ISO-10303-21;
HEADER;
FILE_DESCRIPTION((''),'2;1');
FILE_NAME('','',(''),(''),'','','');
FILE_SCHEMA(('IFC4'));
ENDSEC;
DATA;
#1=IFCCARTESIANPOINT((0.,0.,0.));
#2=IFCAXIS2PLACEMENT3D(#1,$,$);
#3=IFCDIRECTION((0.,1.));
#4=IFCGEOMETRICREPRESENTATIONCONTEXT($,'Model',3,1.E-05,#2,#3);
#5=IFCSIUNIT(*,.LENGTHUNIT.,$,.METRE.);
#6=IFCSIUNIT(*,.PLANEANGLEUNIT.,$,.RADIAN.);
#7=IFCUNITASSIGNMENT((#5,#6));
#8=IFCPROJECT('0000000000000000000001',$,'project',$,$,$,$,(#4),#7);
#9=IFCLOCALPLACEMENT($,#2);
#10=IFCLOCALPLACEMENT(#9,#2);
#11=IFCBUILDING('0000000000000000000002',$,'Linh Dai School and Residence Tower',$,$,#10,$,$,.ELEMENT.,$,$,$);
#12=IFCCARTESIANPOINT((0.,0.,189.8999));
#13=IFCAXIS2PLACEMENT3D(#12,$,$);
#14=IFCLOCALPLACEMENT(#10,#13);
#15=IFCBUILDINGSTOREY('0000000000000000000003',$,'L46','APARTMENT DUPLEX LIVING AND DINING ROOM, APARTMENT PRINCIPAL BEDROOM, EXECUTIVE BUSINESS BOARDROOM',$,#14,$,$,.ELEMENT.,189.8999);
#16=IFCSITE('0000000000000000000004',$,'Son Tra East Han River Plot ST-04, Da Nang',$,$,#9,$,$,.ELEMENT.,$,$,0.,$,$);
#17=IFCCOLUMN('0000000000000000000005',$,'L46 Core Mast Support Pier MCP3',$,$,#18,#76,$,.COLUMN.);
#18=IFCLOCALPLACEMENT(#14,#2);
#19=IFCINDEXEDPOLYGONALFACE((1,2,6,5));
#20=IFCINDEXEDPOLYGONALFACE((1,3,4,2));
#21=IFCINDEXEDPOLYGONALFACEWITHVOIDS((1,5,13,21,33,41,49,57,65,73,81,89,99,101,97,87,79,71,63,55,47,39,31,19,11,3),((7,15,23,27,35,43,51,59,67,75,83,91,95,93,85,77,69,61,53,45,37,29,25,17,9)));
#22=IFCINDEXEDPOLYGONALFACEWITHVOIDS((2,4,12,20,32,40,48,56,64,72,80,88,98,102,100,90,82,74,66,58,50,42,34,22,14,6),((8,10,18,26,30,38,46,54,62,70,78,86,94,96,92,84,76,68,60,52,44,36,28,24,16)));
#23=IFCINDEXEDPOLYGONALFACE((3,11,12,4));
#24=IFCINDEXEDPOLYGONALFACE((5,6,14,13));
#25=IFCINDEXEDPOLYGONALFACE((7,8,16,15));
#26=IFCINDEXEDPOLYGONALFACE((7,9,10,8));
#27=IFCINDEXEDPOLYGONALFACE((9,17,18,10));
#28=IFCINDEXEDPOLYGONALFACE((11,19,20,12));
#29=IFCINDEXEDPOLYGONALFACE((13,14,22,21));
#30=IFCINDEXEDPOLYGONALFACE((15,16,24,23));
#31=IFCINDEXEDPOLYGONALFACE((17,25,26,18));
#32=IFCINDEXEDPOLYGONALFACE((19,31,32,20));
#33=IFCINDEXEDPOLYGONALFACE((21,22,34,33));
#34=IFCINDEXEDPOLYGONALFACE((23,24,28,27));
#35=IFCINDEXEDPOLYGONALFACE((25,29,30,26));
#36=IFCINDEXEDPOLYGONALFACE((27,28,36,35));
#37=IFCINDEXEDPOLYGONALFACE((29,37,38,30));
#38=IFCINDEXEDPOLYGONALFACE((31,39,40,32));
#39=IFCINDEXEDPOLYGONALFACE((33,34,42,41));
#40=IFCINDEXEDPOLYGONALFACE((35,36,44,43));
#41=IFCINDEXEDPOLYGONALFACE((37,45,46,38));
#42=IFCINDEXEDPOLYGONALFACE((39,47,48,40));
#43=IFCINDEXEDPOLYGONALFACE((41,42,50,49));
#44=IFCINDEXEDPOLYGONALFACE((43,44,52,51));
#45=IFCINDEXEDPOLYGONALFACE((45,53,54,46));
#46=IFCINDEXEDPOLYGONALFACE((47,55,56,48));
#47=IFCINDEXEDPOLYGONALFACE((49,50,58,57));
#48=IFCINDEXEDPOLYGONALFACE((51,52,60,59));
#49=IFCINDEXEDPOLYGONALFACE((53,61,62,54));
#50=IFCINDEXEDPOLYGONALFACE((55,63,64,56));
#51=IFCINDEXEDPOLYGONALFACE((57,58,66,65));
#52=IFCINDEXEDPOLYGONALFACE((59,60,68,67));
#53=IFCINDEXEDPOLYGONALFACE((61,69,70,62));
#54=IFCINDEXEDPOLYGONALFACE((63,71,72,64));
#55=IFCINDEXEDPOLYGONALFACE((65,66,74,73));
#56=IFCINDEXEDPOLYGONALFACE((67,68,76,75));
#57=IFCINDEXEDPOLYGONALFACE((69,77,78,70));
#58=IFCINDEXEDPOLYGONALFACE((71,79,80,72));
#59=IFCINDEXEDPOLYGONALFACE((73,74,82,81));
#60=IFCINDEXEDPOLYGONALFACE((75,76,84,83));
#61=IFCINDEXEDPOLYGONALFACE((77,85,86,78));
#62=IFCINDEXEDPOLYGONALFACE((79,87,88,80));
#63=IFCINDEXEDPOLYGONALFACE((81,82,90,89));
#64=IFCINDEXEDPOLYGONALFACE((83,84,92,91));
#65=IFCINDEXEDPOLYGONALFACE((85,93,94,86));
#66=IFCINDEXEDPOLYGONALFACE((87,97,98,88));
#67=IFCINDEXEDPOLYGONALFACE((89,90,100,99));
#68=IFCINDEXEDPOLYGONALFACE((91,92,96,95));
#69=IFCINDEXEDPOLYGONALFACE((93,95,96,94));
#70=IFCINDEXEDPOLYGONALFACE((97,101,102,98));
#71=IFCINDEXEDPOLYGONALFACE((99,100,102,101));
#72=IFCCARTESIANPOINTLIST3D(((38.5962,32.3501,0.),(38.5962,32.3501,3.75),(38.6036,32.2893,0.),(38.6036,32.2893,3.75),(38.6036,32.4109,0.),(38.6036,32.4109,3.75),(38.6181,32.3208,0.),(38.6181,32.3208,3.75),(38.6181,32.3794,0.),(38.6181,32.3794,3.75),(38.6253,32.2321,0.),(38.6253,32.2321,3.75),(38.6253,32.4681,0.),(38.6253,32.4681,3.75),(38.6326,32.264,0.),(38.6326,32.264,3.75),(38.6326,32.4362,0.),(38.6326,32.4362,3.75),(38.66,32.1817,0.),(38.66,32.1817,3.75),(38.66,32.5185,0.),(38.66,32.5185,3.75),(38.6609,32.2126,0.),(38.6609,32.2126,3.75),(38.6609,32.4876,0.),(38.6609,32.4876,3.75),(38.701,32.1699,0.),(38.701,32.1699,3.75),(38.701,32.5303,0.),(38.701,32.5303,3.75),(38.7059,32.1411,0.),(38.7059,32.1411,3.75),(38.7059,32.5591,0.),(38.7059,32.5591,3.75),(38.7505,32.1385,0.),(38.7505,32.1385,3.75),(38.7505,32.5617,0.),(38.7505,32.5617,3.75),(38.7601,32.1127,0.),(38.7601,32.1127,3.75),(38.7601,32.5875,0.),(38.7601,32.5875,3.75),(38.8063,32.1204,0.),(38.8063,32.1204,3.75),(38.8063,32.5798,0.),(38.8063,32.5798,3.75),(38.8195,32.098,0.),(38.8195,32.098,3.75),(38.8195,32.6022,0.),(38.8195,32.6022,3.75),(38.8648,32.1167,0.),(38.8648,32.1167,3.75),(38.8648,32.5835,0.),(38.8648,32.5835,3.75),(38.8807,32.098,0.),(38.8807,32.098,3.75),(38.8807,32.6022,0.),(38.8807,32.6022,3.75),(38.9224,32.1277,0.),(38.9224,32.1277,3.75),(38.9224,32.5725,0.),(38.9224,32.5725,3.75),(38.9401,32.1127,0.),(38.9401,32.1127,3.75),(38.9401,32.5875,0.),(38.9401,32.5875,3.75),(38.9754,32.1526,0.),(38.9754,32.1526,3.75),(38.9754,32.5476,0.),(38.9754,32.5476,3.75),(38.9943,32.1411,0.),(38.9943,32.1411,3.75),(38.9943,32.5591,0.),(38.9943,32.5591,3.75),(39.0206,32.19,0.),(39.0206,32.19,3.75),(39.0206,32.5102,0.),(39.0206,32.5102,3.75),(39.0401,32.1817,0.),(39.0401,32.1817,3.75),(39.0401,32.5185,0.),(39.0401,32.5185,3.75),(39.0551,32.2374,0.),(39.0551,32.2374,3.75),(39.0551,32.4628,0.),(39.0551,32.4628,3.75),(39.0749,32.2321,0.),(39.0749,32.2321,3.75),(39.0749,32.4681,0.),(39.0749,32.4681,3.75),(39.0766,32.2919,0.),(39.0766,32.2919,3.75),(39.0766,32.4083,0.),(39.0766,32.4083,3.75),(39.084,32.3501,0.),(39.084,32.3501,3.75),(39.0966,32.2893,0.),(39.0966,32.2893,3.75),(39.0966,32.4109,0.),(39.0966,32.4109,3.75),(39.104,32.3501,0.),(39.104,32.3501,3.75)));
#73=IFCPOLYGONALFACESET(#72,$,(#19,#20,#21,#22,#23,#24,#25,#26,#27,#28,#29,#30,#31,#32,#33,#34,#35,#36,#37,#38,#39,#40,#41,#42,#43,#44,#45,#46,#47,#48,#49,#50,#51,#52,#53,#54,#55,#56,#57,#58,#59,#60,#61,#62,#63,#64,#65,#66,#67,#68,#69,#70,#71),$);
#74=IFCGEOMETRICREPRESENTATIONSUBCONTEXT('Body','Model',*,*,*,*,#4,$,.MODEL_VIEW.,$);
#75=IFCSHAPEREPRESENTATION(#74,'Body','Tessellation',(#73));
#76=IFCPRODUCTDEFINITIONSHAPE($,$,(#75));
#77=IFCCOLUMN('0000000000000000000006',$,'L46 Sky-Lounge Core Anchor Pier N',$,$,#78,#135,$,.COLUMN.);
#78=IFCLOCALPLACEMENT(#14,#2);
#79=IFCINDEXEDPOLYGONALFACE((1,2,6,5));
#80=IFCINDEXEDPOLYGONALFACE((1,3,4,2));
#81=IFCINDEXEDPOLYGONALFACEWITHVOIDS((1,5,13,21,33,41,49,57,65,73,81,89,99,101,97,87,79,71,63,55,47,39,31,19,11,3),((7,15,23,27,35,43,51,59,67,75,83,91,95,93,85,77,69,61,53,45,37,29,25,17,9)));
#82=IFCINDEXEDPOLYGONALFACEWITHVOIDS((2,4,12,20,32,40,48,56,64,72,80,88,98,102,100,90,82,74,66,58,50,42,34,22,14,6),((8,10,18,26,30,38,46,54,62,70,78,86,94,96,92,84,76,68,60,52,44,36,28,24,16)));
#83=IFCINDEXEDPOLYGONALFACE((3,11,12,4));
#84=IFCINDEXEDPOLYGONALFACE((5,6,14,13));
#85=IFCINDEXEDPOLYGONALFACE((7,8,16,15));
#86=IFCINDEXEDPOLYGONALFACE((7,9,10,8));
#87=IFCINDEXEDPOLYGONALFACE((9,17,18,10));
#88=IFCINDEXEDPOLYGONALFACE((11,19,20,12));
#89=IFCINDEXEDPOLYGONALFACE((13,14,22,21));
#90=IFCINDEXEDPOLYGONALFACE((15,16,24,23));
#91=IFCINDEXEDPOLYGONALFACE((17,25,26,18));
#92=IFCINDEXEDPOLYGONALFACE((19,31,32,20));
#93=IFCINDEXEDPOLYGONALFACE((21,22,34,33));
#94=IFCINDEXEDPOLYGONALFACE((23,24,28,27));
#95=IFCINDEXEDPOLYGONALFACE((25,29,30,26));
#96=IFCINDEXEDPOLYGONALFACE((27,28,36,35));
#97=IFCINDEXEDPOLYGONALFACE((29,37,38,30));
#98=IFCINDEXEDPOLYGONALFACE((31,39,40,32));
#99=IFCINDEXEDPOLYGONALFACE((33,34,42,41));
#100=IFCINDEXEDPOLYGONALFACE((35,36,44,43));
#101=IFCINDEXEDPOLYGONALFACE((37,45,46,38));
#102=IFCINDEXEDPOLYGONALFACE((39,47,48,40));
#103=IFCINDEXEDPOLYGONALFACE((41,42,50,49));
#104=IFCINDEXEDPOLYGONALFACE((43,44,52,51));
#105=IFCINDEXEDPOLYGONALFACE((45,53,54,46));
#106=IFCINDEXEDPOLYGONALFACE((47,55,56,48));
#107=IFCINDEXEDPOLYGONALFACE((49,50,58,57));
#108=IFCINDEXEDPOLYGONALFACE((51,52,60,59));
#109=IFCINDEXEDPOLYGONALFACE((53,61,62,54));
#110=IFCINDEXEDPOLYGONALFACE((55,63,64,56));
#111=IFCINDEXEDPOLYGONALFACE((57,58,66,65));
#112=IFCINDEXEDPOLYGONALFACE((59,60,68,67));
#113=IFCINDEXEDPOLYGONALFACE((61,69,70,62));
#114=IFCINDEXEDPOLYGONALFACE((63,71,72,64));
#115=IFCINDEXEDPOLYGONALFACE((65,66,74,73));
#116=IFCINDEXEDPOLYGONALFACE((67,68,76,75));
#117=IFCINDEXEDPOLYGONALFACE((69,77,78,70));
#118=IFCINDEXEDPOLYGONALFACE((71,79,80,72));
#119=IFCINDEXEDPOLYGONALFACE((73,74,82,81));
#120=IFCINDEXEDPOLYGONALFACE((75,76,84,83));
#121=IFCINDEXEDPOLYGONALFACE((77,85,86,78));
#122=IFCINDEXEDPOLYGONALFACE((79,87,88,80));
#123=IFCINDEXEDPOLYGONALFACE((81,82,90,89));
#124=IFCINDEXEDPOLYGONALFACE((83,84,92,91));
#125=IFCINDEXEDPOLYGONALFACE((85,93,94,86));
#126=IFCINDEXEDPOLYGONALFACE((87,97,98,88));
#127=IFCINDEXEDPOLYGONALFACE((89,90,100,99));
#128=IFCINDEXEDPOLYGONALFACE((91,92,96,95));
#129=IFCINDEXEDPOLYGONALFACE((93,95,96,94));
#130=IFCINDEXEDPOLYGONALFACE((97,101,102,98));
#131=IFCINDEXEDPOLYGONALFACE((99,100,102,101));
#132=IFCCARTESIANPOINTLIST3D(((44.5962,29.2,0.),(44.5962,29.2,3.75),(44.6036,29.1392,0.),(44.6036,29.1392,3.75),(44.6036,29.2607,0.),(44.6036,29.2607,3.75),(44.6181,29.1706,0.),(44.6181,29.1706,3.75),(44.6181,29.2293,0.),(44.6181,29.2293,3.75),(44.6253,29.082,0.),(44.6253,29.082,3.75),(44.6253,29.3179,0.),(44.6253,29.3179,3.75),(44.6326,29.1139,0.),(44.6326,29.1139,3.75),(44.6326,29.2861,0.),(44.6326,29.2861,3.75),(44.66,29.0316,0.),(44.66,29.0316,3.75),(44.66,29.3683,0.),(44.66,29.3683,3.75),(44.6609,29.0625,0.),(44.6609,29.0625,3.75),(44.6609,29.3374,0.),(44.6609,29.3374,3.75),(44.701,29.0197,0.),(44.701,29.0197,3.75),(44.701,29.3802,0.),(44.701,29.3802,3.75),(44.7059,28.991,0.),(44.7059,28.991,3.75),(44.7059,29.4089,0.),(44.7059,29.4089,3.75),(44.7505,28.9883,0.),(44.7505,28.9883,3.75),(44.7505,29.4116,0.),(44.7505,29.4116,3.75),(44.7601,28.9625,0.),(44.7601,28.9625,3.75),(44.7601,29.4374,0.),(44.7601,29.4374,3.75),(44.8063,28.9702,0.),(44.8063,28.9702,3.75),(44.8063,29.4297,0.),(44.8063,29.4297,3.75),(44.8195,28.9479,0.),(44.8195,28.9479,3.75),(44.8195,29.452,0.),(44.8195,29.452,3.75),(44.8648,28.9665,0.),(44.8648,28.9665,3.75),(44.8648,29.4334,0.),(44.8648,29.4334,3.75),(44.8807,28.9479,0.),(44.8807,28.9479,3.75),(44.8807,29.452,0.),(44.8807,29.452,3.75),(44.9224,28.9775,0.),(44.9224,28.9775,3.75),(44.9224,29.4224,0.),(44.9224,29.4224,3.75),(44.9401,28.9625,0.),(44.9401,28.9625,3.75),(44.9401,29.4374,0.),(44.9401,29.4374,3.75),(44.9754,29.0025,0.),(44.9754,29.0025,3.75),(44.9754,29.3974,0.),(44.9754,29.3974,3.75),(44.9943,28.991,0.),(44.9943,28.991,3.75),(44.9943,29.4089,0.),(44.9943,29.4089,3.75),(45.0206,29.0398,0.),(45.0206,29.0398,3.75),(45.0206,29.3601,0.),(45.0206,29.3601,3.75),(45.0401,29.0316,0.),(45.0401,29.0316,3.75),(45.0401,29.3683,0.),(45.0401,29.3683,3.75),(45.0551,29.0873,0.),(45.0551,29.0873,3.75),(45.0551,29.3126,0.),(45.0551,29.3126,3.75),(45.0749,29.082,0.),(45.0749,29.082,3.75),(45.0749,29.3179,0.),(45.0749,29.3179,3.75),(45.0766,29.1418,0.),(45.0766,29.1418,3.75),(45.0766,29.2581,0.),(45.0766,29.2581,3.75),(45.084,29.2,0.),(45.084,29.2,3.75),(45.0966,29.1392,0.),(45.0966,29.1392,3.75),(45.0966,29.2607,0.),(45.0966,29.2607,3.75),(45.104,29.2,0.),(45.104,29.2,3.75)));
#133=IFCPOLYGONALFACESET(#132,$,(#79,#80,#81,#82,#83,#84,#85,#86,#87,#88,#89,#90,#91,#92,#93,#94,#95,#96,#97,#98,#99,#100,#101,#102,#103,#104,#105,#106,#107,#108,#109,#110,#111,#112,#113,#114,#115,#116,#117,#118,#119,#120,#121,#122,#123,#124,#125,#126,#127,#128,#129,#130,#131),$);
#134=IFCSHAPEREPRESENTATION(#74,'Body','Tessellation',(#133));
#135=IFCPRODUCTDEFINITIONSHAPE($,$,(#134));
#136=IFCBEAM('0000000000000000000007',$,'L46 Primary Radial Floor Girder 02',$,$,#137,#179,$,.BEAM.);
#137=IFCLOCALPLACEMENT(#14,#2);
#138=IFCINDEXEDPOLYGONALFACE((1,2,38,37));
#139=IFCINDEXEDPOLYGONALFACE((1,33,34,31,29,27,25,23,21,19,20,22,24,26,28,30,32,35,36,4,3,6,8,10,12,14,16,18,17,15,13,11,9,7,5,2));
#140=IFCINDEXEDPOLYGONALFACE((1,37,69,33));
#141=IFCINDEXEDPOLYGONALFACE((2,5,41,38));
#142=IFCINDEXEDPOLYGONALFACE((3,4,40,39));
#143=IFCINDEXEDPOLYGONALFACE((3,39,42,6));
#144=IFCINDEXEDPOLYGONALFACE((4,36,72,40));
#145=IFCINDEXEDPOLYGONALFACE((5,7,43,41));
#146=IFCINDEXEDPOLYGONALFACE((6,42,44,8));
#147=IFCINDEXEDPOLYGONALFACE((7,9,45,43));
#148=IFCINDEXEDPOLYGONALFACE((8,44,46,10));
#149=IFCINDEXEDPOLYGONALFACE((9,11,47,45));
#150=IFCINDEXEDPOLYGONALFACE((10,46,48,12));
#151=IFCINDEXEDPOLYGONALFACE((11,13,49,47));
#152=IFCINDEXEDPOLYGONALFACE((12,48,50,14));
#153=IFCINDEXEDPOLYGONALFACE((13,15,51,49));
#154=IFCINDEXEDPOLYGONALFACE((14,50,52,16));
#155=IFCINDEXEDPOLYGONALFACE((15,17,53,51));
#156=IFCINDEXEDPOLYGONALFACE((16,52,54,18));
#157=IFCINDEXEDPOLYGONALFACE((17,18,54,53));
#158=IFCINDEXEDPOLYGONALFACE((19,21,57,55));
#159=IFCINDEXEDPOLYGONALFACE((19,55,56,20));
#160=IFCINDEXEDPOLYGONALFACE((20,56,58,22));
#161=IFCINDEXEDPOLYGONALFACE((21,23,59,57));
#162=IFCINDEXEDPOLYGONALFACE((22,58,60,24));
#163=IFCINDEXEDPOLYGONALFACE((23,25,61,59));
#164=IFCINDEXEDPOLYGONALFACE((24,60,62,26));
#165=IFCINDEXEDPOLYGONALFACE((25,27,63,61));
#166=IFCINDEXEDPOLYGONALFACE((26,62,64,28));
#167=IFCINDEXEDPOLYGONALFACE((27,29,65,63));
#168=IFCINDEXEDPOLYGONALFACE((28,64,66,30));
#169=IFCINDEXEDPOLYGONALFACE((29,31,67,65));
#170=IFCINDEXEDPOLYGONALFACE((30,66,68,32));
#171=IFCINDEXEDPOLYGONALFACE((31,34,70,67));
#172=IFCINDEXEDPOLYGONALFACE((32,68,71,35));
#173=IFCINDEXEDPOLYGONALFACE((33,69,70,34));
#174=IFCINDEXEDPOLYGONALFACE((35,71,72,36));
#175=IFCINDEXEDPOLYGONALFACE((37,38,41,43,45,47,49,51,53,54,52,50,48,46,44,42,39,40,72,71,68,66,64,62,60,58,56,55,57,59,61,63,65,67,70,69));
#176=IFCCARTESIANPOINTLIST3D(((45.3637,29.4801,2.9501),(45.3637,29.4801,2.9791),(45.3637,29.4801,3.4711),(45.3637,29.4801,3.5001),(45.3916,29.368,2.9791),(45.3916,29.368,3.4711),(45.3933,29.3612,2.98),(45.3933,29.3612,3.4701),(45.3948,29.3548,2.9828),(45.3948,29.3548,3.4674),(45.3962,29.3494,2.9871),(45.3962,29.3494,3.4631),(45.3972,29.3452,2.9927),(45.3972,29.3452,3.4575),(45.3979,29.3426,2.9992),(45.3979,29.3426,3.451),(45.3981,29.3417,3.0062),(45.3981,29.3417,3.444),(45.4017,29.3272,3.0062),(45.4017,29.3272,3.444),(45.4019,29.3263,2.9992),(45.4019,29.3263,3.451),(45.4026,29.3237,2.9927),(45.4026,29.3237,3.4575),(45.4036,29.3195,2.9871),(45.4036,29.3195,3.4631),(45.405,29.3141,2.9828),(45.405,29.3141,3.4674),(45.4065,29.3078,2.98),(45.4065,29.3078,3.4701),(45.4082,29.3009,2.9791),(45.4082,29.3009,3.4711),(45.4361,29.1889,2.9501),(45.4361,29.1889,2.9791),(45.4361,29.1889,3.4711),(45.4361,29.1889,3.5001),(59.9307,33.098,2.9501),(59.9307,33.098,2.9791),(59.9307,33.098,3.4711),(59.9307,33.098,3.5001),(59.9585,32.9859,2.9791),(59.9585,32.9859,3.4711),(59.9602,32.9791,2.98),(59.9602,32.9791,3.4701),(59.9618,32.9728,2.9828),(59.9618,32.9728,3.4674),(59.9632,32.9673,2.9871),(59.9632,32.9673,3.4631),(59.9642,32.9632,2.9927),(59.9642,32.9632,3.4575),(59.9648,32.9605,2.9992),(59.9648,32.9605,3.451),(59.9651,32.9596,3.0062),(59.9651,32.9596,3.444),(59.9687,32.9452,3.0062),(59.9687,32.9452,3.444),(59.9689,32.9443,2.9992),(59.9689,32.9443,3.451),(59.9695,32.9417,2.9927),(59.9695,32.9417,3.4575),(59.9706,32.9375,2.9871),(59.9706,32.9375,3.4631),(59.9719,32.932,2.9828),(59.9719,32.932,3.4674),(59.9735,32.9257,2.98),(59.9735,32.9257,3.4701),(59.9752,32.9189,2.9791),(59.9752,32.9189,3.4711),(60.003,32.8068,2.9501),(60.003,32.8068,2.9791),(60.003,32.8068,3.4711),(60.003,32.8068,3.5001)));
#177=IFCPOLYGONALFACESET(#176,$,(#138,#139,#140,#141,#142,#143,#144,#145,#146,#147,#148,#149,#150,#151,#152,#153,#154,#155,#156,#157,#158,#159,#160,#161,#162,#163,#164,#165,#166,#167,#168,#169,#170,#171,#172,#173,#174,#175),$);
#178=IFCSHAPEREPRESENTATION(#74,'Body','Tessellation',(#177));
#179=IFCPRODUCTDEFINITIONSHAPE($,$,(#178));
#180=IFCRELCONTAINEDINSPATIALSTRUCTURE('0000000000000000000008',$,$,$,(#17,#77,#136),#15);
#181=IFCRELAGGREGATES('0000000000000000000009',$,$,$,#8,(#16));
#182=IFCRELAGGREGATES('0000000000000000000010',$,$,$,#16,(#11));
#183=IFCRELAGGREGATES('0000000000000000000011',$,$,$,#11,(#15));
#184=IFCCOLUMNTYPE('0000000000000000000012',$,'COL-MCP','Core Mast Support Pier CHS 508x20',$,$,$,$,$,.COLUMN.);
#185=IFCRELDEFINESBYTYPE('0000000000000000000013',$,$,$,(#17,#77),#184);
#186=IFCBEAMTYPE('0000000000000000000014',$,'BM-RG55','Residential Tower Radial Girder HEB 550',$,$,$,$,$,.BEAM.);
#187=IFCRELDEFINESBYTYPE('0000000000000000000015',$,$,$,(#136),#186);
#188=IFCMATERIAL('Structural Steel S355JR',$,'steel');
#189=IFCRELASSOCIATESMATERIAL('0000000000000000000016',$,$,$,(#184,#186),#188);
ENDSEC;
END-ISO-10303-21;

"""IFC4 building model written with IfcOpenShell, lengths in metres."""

from ifc_helpers import new_model, si_unit, direction, frame, origin, origin_2d, place, context, subcontext, project, spatial, hollow_circle, i_section, extrude, material, material_profile, profile_set, type_object, element, save


model = new_model("IFC4")

# Units and contexts
model_context = context("Model", 3, precision=1e-05, world=origin(), true_north=direction((0.0, 1.0)))
body_context = subcontext(model_context, "Body", "Model", "MODEL_VIEW")
ifc_project = project(units=[si_unit("LENGTHUNIT", "METRE"), si_unit("PLANEANGLEUNIT", "RADIAN")], contexts=[model_context])

# Site, building, storey
site_placement = place(None, origin())
site = spatial("IfcSite", under=ifc_project, at=site_placement, Name="Son Tra East Han River Plot ST-04, Da Nang", CompositionType="ELEMENT", RefElevation=0.0)
building_placement = place(site_placement, origin())
building = spatial("IfcBuilding", under=site, at=building_placement, Name="Linh Dai School and Residence Tower", CompositionType="ELEMENT")
storey_placement = place(building_placement, frame((0.0, 0.0, 189.8999)))
storey = spatial("IfcBuildingStorey", under=building, at=storey_placement, Name="L46", Description="APARTMENT DUPLEX LIVING AND DINING ROOM, APARTMENT PRINCIPAL BEDROOM, EXECUTIVE BUSINESS BOARDROOM", CompositionType="ELEMENT", Elevation=189.8999)

# Columns
ifc_material_1 = material(Name="Structural Steel S355JR", Category="steel")
ifc_material_profile_1 = material_profile(ifc_material_1, hollow_circle(Radius=0.2539, WallThickness=0.02, at=origin_2d()), Name="CHS 508x20")
ifc_profile_set_1 = profile_set([ifc_material_profile_1], Name="Structural Steel S355JR")
column_type_1 = type_object("IfcColumnType", Name="COL-MCP", Description="Core Mast Support Pier CHS 508x20", PredefinedType="COLUMN", material=ifc_profile_set_1)
for number, where, z_axis, x_axis, name in (
    (1, (38.8501, 32.3501, 0.0), (0.0, 0.0, 1.0), (1.0, 0.0, 0.0), "L46 Core Mast Support Pier MCP3"),
    (2, (44.8501, 29.2, 0.0), (0.0, 0.0, 1.0), (1.0, 0.0, 0.0), "L46 Sky-Lounge Core Anchor Pier N"),
):
    element("IfcColumn", number, at=place(storey_placement, frame(where, z_axis=z_axis, x_axis=x_axis)), inside=storey, type_object=column_type_1, Name=name, PredefinedType="COLUMN", context=body_context, shape_type="SweptSolid", body=[
        extrude(hollow_circle(Radius=0.2539, WallThickness=0.02, at=origin_2d()), origin(), (0.0, 0.0, 1.0), 3.75),
    ])

# Beam
ifc_material_profile_2 = material_profile(ifc_material_1, i_section(OverallWidth=0.3, OverallDepth=0.55, WebThickness=0.0149, FlangeThickness=0.0291, FilletRadius=0.0271, at=origin_2d()), Name="HEB 550")
ifc_profile_set_2 = profile_set([ifc_material_profile_2], Name="Structural Steel S355JR")
beam_type_1 = type_object("IfcBeamType", Name="BM-RG55", Description="Residential Tower Radial Girder HEB 550", PredefinedType="BEAM", material=ifc_profile_set_2)
beam_1_placement = place(storey_placement, frame((45.3999, 29.3345, 3.2251), z_axis=(0.970515, 0.241043, 0.0), x_axis=(-0.241043, 0.970515, 0.0)))
element("IfcBeam", 3, at=beam_1_placement, inside=storey, type_object=beam_type_1, Name="L46 Primary Radial Floor Girder 02", PredefinedType="BEAM", context=body_context, shape_type="SweptSolid", body=[
    extrude(i_section(OverallWidth=0.3, OverallDepth=0.55, WebThickness=0.0149, FlangeThickness=0.0291, FilletRadius=0.0271, at=origin_2d()), origin(), (0.0, 0.0, 1.0), 15.0095),
])

save(model, "model.ifc")
